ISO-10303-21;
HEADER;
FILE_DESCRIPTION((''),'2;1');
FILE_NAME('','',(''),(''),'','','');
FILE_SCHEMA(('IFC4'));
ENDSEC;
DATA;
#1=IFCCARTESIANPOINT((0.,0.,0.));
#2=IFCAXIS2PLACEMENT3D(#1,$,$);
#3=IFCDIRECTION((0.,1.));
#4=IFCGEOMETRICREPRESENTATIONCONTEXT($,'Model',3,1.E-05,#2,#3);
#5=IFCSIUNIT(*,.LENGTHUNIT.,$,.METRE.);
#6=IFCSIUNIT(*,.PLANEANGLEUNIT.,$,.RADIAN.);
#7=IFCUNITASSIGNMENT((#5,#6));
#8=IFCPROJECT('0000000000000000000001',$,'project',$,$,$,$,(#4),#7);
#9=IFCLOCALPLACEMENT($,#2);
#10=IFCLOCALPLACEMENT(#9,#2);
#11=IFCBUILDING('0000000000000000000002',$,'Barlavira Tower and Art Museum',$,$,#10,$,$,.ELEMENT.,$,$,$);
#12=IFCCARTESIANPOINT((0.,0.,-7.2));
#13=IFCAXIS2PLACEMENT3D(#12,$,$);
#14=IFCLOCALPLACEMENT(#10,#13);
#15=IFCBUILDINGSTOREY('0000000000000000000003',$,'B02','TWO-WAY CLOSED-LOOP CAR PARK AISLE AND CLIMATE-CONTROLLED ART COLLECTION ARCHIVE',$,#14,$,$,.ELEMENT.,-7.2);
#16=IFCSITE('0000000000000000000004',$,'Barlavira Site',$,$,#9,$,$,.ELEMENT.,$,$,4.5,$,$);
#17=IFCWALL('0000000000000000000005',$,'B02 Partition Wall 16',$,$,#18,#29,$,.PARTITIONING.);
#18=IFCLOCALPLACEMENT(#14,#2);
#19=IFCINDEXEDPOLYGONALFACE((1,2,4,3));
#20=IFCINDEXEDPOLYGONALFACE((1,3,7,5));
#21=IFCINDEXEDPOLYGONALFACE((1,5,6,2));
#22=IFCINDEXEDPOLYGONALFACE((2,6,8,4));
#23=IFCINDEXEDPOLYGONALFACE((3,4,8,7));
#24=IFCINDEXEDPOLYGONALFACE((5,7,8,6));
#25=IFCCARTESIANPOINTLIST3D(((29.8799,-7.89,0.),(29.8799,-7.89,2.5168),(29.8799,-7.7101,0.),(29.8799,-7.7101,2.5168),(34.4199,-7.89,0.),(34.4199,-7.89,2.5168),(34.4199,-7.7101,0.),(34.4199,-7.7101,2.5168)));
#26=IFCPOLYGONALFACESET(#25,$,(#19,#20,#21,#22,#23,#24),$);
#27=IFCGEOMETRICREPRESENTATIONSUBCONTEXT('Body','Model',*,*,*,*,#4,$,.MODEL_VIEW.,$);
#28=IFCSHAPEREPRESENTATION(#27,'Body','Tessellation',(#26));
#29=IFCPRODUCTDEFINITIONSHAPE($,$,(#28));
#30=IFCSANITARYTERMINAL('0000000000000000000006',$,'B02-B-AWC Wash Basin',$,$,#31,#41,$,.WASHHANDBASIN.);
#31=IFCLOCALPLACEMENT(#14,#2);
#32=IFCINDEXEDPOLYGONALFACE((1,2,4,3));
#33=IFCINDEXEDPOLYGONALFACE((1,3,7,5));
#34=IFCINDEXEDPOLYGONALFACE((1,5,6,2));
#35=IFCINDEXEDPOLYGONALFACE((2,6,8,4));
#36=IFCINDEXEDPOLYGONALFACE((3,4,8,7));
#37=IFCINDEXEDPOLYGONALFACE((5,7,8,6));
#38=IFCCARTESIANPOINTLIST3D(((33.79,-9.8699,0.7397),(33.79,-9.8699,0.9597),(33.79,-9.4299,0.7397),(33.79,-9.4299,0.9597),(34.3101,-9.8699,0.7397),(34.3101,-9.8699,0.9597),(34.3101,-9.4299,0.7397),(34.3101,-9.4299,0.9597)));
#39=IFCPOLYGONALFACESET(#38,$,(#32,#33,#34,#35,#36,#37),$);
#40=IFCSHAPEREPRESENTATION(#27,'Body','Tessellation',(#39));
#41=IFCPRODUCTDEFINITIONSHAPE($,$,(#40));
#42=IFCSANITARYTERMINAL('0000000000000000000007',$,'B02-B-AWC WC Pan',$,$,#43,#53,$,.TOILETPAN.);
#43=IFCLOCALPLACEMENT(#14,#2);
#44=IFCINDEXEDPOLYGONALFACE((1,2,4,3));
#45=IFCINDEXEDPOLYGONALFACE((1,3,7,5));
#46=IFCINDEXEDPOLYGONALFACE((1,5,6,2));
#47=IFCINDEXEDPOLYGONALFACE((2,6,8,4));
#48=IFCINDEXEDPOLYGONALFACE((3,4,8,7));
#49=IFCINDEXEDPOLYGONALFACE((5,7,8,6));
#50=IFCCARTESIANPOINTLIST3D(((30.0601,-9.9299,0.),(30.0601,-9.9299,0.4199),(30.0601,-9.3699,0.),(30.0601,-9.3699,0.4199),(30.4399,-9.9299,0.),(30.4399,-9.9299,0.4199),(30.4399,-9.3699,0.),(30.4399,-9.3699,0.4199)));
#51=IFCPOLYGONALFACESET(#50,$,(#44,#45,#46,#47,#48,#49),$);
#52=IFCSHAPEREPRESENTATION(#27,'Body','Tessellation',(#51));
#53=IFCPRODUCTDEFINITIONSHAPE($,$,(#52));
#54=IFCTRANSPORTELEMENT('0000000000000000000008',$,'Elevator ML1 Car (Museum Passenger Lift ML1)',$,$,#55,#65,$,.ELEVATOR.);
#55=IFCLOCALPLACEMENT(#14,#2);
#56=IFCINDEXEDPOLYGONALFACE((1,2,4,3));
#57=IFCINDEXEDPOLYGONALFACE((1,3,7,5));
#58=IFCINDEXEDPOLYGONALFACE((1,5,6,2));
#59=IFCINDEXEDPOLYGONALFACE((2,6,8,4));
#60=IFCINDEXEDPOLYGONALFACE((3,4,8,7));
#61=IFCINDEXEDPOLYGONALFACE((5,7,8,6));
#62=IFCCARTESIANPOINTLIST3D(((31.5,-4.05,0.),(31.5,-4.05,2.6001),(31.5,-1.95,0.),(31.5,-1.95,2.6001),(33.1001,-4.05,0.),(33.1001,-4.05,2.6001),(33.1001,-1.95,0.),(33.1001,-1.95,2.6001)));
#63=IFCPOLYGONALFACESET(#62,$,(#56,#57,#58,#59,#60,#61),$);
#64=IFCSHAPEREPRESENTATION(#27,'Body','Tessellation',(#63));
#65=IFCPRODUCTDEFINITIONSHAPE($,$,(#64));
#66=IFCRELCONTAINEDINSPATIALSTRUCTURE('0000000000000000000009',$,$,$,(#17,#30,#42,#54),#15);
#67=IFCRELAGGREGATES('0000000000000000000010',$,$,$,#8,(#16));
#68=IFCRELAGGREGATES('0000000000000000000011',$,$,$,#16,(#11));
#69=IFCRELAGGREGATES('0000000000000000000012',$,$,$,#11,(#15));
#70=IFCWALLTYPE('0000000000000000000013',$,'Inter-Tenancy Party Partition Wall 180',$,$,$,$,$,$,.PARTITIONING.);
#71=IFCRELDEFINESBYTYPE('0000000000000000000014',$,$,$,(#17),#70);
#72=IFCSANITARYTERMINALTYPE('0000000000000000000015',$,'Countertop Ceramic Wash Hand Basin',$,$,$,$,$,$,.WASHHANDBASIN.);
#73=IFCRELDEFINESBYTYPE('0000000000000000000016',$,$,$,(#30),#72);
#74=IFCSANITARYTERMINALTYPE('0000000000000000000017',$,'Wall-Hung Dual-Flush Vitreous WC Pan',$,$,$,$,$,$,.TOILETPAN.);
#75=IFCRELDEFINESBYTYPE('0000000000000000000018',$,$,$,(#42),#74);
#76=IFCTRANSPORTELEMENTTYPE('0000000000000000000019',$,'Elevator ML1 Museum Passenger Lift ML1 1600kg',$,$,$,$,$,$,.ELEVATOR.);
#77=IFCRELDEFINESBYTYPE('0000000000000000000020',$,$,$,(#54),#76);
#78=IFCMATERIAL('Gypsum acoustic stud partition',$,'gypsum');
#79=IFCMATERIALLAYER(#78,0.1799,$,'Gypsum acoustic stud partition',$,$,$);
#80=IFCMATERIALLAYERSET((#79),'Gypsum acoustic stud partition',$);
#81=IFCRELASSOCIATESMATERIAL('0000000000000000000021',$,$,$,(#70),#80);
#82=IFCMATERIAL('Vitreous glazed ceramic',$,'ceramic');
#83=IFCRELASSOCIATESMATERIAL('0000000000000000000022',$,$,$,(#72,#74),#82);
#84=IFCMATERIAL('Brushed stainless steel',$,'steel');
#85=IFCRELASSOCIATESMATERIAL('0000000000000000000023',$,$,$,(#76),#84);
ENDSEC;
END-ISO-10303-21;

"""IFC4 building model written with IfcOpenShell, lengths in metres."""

from ifc_helpers import new_model, si_unit, direction, frame, frame_2d, origin, origin_2d, place, context, subcontext, project, spatial, rectangle, extrude, material, layer, layer_set, type_object, element, save


model = new_model("IFC4")

# Units and contexts
model_context = context("Model", 3, precision=1e-05, world=origin(), true_north=direction((0.0, 1.0)))
body_context = subcontext(model_context, "Body", "Model", "MODEL_VIEW")
ifc_project = project(units=[si_unit("LENGTHUNIT", "METRE"), si_unit("PLANEANGLEUNIT", "RADIAN")], contexts=[model_context])

# Site, building, storey
site_placement = place(None, origin())
site = spatial("IfcSite", under=ifc_project, at=site_placement, Name="Barlavira Site", CompositionType="ELEMENT", RefElevation=4.5)
building_placement = place(site_placement, origin())
building = spatial("IfcBuilding", under=site, at=building_placement, Name="Barlavira Tower and Art Museum", CompositionType="ELEMENT")
storey_placement = place(building_placement, frame((0.0, 0.0, -7.2)))
storey = spatial("IfcBuildingStorey", under=building, at=storey_placement, Name="B02", Description="TWO-WAY CLOSED-LOOP CAR PARK AISLE AND CLIMATE-CONTROLLED ART COLLECTION ARCHIVE", CompositionType="ELEMENT", Elevation=-7.2)

# Shared definitions
ifc_material_1 = material(Name="Brushed stainless steel", Category="steel")

# Shared definitions
ifc_material_2 = material(Name="Gypsum acoustic stud partition", Category="gypsum")
ifc_layer_1 = layer(ifc_material_2, 0.1799, Name="Gypsum acoustic stud partition")
ifc_layer_set_1 = layer_set([ifc_layer_1], Name="Gypsum acoustic stud partition")
wall_type_1 = type_object("IfcWallType", Name="Inter-Tenancy Party Partition Wall 180", PredefinedType="PARTITIONING", material=ifc_layer_set_1)

# Wall
for number, where, z_axis, x_axis, name in (
    (1, (29.8799, -7.8, 0.0), (0.0, 0.0, 1.0), (1.0, 0.0, 0.0), "B02 Partition Wall 16"),
):
    element("IfcWall", number, at=place(storey_placement, frame(where, z_axis=z_axis, x_axis=x_axis)), inside=storey, type_object=wall_type_1, Name=name, PredefinedType="PARTITIONING", context=body_context, shape_type="SweptSolid", body=[
        extrude(rectangle(XDim=4.54, YDim=0.1799, at=frame_2d((2.27, 0.0))), origin(), (0.0, 0.0, 1.0), 2.5168),
    ])

# Sanitary terminals
ifc_material_3 = material(Name="Vitreous glazed ceramic", Category="ceramic")
sanitary_terminal_type_1 = type_object("IfcSanitaryTerminalType", Name="Countertop Ceramic Wash Hand Basin", PredefinedType="WASHHANDBASIN", material=ifc_material_3)
sanitary_terminal_1_placement = place(storey_placement, frame((34.05, -9.6499, 0.7397), z_axis=(0.0, 0.0, 1.0), x_axis=(1.0, 0.0, 0.0)))
element("IfcSanitaryTerminal", 2, at=sanitary_terminal_1_placement, inside=storey, type_object=sanitary_terminal_type_1, Name="B02-B-AWC Wash Basin", PredefinedType="WASHHANDBASIN", context=body_context, shape_type="SweptSolid", body=[
    extrude(rectangle(XDim=0.52, YDim=0.4399, at=origin_2d()), origin(), (0.0, 0.0, 1.0), 0.22),
])
sanitary_terminal_type_2 = type_object("IfcSanitaryTerminalType", Name="Wall-Hung Dual-Flush Vitreous WC Pan", PredefinedType="TOILETPAN", material=ifc_material_3)
sanitary_terminal_2_placement = place(storey_placement, frame((30.25, -9.6499, 0.0), z_axis=(0.0, 0.0, 1.0), x_axis=(1.0, 0.0, 0.0)))
element("IfcSanitaryTerminal", 3, at=sanitary_terminal_2_placement, inside=storey, type_object=sanitary_terminal_type_2, Name="B02-B-AWC WC Pan", PredefinedType="TOILETPAN", context=body_context, shape_type="SweptSolid", body=[
    extrude(rectangle(XDim=0.3799, YDim=0.5601, at=origin_2d()), origin(), (0.0, 0.0, 1.0), 0.4199),
])

# Transport element
transport_element_type = type_object("IfcTransportElementType", Name="Elevator ML1 Museum Passenger Lift ML1 1600kg", PredefinedType="ELEVATOR", material=ifc_material_1)
transport_element_placement = place(storey_placement, frame((32.3, -3.0, 0.0), z_axis=(0.0, 0.0, 1.0), x_axis=(1.0, 0.0, 0.0)))
element("IfcTransportElement", 4, at=transport_element_placement, inside=storey, type_object=transport_element_type, Name="Elevator ML1 Car (Museum Passenger Lift ML1)", PredefinedType="ELEVATOR", context=body_context, shape_type="SweptSolid", body=[
    extrude(rectangle(XDim=1.6001, YDim=2.1001, at=origin_2d()), origin(), (0.0, 0.0, 1.0), 2.6001),
])

save(model, "model.ifc")
